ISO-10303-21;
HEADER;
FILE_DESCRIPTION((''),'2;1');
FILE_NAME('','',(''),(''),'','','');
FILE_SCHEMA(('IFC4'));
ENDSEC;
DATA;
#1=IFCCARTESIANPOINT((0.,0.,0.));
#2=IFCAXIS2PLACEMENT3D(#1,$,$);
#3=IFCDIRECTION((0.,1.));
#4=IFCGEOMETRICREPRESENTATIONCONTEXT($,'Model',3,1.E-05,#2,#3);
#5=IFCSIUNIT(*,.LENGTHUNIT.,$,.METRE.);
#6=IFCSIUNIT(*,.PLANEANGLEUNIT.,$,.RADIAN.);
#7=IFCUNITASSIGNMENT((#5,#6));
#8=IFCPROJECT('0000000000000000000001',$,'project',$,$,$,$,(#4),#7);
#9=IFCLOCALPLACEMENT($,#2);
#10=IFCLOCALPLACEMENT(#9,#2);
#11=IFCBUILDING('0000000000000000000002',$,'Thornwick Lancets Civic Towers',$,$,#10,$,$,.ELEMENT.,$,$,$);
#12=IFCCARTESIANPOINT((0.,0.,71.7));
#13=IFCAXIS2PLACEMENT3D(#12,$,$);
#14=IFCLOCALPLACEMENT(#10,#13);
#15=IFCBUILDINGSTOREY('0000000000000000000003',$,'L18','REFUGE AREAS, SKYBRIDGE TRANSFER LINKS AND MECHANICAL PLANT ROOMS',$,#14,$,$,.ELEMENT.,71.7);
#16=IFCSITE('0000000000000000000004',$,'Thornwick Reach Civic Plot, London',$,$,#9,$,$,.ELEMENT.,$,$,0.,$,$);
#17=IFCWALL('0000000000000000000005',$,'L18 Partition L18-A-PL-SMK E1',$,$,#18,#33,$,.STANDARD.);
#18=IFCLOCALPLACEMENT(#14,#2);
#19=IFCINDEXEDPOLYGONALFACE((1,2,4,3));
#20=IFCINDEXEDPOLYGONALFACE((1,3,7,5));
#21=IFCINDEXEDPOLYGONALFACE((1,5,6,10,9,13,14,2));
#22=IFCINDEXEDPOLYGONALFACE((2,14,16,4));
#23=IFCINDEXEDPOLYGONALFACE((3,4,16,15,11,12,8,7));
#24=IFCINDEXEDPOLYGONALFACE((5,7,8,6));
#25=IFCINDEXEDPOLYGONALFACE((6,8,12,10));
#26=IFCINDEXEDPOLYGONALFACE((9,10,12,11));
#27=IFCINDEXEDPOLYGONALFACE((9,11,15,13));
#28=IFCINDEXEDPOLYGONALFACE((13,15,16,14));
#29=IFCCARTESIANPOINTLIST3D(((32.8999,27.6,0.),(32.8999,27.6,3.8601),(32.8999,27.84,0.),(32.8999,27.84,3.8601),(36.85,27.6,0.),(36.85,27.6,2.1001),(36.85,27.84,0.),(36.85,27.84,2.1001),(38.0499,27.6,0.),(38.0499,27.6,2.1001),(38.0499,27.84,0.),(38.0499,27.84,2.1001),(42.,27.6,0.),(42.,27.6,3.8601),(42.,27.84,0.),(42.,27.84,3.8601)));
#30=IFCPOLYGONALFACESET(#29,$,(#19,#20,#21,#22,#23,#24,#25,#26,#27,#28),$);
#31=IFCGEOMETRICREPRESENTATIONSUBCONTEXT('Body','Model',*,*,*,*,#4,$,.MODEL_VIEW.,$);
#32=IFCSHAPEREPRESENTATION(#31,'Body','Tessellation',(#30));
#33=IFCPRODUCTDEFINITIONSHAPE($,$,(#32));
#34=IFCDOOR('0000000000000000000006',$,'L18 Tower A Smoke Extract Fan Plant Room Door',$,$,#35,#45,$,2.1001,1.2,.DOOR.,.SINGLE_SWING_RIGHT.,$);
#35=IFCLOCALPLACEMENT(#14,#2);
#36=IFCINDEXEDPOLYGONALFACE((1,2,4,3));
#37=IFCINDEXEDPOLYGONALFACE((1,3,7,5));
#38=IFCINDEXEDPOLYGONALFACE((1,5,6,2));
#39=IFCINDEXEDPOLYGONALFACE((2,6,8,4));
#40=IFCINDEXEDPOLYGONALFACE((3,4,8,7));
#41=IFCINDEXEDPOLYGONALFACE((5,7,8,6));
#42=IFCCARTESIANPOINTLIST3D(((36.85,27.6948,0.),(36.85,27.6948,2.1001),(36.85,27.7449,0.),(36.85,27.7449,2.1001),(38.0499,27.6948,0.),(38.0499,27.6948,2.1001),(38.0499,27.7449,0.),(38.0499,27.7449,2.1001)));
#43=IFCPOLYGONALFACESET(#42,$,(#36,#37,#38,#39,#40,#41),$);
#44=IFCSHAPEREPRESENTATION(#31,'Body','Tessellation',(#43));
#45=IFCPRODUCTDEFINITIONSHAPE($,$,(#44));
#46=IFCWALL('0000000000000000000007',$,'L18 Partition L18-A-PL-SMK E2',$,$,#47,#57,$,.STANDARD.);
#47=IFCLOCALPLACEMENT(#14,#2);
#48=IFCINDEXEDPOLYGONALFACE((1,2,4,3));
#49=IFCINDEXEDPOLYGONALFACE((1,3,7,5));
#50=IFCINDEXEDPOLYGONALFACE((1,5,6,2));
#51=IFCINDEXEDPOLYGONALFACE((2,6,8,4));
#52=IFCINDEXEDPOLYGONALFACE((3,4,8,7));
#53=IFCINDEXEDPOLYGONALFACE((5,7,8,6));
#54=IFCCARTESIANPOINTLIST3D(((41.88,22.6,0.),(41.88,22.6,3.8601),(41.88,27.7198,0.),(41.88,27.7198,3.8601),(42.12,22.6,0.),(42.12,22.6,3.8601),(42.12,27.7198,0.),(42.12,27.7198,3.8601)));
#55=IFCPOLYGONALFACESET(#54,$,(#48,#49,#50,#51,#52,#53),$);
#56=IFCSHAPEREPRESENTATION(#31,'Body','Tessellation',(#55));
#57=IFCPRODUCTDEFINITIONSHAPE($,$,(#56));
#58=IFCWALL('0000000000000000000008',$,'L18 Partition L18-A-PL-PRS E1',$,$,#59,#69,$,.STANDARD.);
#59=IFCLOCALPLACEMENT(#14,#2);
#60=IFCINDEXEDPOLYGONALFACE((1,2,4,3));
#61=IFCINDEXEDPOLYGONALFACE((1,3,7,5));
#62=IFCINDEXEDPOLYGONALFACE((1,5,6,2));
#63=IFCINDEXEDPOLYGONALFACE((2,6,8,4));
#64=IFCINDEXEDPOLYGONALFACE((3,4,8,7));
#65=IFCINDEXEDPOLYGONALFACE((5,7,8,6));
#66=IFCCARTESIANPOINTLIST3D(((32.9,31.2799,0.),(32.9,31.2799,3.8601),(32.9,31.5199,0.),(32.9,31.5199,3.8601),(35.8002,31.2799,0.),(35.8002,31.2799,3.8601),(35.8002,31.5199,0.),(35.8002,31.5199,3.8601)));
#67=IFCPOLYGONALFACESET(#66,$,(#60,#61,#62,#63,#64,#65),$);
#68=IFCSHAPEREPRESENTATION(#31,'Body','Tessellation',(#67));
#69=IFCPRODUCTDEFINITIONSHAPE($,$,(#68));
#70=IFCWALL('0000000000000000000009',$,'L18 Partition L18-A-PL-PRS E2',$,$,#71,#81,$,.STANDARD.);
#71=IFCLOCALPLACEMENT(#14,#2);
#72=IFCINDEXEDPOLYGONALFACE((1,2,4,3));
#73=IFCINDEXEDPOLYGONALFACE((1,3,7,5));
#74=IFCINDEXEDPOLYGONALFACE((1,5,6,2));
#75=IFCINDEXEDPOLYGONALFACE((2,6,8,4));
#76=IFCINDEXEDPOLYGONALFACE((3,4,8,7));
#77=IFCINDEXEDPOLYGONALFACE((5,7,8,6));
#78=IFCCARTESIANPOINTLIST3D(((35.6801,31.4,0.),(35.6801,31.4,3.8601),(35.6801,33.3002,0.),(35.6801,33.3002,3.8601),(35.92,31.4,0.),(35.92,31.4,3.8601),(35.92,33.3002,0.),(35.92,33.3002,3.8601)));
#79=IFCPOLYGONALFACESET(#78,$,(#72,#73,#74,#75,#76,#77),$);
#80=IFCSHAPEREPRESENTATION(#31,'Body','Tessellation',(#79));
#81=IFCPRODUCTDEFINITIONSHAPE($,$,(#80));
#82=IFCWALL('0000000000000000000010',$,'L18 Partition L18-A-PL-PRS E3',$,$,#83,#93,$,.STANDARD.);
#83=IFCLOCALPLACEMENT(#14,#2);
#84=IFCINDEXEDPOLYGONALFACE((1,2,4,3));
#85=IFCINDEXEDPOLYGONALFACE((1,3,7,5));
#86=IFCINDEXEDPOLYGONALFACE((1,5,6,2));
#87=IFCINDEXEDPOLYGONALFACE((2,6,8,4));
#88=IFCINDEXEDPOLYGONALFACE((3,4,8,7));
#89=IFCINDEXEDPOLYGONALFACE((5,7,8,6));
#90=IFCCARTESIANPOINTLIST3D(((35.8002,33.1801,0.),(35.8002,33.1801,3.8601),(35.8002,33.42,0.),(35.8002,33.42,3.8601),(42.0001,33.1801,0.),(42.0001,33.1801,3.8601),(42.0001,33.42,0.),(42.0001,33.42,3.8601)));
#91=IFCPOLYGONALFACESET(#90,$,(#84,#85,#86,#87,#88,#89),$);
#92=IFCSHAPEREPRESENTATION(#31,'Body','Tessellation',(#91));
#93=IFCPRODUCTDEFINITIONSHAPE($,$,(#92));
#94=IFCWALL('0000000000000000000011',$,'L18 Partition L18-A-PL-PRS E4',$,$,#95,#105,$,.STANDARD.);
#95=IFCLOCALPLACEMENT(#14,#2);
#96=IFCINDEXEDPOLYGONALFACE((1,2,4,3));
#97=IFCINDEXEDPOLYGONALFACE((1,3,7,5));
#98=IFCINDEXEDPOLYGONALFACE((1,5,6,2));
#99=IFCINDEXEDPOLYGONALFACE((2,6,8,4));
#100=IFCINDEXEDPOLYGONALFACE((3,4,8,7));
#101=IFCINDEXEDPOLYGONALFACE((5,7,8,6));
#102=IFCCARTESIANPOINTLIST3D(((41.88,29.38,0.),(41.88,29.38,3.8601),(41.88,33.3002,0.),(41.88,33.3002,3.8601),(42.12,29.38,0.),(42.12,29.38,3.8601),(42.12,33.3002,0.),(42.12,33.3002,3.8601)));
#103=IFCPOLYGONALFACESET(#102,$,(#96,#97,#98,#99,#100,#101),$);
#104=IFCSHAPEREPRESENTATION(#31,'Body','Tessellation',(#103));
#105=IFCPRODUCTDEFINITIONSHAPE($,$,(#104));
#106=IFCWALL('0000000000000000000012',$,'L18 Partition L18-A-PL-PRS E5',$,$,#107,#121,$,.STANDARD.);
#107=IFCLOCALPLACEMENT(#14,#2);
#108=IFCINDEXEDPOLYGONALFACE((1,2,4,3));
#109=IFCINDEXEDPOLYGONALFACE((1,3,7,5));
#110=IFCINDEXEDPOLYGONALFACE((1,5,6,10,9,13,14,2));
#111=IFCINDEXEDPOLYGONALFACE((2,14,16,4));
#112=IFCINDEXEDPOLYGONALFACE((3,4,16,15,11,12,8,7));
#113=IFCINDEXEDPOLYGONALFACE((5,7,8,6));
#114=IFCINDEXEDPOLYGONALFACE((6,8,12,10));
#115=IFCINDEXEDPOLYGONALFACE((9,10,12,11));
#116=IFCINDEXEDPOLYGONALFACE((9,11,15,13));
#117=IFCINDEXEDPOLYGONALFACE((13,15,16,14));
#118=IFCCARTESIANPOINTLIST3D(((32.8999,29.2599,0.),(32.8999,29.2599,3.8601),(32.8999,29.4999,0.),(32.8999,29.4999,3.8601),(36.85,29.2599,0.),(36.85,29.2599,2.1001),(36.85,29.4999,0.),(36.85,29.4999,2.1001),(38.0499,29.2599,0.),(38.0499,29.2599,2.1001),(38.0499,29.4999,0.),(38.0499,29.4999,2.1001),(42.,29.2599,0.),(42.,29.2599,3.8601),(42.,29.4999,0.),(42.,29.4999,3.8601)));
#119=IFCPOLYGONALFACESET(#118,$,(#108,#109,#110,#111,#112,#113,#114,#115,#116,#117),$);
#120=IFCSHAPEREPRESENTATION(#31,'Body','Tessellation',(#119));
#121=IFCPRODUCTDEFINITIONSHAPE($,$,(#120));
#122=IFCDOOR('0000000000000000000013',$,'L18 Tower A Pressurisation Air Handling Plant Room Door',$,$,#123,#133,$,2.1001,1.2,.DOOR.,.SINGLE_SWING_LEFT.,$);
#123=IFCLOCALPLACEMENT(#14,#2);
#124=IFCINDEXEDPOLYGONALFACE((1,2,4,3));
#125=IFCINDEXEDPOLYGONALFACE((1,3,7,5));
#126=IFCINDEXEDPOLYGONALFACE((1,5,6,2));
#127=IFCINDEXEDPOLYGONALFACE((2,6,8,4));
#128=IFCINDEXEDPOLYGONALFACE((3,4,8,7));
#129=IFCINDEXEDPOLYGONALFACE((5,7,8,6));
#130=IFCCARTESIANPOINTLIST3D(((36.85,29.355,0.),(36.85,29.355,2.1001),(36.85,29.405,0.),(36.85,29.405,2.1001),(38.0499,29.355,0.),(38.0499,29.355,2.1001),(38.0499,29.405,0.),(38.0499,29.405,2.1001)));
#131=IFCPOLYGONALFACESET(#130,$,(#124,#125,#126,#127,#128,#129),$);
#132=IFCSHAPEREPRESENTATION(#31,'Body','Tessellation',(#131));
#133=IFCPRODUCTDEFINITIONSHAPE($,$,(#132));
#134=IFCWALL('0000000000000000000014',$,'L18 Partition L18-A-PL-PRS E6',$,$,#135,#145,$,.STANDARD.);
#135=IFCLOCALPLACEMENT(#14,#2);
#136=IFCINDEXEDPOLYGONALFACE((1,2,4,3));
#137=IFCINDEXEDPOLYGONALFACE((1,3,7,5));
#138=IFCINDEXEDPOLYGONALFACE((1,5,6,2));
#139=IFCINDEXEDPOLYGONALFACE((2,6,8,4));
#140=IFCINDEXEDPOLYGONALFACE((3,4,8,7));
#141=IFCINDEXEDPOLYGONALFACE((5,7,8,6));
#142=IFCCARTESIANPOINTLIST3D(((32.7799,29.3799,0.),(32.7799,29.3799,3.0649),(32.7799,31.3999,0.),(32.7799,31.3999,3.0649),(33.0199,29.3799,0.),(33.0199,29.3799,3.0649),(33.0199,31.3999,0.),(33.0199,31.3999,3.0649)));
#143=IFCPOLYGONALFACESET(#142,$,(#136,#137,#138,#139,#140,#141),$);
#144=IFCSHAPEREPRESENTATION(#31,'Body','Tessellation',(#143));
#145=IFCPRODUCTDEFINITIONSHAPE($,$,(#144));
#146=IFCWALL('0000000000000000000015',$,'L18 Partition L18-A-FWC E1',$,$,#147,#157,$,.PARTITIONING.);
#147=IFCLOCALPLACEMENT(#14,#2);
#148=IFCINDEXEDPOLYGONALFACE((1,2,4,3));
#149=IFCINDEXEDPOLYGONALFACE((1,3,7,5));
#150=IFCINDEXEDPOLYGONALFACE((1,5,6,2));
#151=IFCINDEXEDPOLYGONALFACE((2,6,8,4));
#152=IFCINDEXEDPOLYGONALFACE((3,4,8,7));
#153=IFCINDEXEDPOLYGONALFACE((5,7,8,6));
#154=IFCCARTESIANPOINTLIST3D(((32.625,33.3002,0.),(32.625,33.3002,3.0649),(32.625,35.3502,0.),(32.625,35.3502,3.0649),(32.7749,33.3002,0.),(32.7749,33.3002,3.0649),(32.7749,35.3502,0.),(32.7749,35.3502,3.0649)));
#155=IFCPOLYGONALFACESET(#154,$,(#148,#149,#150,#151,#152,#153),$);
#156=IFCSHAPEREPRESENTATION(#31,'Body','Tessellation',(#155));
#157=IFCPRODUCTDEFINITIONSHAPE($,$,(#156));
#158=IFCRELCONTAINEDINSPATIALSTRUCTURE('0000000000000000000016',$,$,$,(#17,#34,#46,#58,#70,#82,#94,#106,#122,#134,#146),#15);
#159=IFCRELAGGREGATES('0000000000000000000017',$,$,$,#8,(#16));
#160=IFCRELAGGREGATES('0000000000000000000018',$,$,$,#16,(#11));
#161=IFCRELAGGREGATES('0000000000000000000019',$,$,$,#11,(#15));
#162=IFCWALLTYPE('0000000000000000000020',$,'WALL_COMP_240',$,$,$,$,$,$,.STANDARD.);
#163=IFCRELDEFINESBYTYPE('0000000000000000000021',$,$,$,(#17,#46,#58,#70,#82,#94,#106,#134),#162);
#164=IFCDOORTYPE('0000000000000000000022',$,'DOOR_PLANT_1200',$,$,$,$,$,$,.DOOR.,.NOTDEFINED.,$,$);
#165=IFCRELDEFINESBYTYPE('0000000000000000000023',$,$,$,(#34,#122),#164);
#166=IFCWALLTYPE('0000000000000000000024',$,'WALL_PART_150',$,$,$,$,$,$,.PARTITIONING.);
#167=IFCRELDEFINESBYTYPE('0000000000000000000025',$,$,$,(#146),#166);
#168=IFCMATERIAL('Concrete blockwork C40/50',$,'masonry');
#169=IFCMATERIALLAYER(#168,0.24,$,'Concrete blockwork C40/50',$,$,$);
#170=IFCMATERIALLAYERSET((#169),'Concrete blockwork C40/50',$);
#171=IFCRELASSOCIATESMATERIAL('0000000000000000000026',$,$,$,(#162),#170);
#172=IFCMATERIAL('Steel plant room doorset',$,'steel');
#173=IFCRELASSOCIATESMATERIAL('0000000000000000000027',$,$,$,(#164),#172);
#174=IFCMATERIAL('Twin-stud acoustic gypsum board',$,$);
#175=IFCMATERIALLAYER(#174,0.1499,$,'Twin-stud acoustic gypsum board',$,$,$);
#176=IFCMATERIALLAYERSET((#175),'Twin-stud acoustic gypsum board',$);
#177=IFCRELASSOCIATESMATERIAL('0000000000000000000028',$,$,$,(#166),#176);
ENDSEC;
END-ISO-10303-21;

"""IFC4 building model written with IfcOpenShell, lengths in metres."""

from ifc_helpers import new_model, si_unit, direction, frame, frame_2d, origin, place, context, subcontext, project, spatial, rectangle, extrude, material, layer, layer_set, type_object, element, fill, save


model = new_model("IFC4")

# Units and contexts
model_context = context("Model", 3, precision=1e-05, world=origin(), true_north=direction((0.0, 1.0)))
body_context = subcontext(model_context, "Body", "Model", "MODEL_VIEW")
ifc_project = project(units=[si_unit("LENGTHUNIT", "METRE"), si_unit("PLANEANGLEUNIT", "RADIAN")], contexts=[model_context])

# Site, building, storey
site_placement = place(None, origin())
site = spatial("IfcSite", under=ifc_project, at=site_placement, Name="Thornwick Reach Civic Plot, London", CompositionType="ELEMENT", RefElevation=0.0)
building_placement = place(site_placement, origin())
building = spatial("IfcBuilding", under=site, at=building_placement, Name="Thornwick Lancets Civic Towers", CompositionType="ELEMENT")
storey_placement = place(building_placement, frame((0.0, 0.0, 71.7)))
storey = spatial("IfcBuildingStorey", under=building, at=storey_placement, Name="L18", Description="REFUGE AREAS, SKYBRIDGE TRANSFER LINKS AND MECHANICAL PLANT ROOMS", CompositionType="ELEMENT", Elevation=71.7)

# Shared definitions
ifc_material_1 = material(Name="Concrete blockwork C40/50", Category="masonry")

# Wall, opening, door
ifc_layer_1 = layer(ifc_material_1, 0.24, Name="Concrete blockwork C40/50")
ifc_layer_set_1 = layer_set([ifc_layer_1], Name="Concrete blockwork C40/50")
wall_type_1 = type_object("IfcWallType", Name="WALL_COMP_240", PredefinedType="STANDARD", material=ifc_layer_set_1)
wall_1_placement = place(storey_placement, frame((32.8999, 27.72, 0.0), z_axis=(0.0, 0.0, 1.0), x_axis=(1.0, 0.0, 0.0)))
wall_1 = element("IfcWall", 1, at=wall_1_placement, inside=storey, type_object=wall_type_1, Name="L18 Partition L18-A-PL-SMK E1", PredefinedType="STANDARD", context=body_context, shape_type="SweptSolid", body=[
    extrude(rectangle(XDim=9.1001, YDim=0.24, at=frame_2d((4.55, 0.0))), origin(), (0.0, 0.0, 1.0), 3.8601),
])
opening_1_placement = place(wall_1_placement, frame((3.95, 0.0, 0.0)))
opening_1 = element("IfcOpeningElement", 2, at=opening_1_placement, cuts=wall_1, PredefinedType="OPENING", context=body_context, shape_type="SweptSolid", body=[
    extrude(rectangle(XDim=1.2, YDim=2.1001, at=frame_2d((0.6001, 1.05))), frame((0.0, 0.1299, 0.0), z_axis=(0.0, -1.0, 0.0), x_axis=(1.0, 0.0, 0.0)), (0.0, 0.0, 1.0), 0.26),
])
ifc_material_2 = material(Name="Steel plant room doorset", Category="steel")
door_type_1 = type_object("IfcDoorType", Name="DOOR_PLANT_1200", OperationType="NOTDEFINED", PredefinedType="DOOR", material=ifc_material_2)
door_1_placement = place(opening_1_placement, origin())
door_1 = element("IfcDoor", 3, at=door_1_placement, inside=storey, type_object=door_type_1, Name="L18 Tower A Smoke Extract Fan Plant Room Door", OperationType="SINGLE_SWING_RIGHT", OverallHeight=2.1001, OverallWidth=1.2, PredefinedType="DOOR", context=body_context, shape_type="SweptSolid", body=[
    extrude(rectangle(XDim=1.2, YDim=2.1001, at=frame_2d((0.6001, 1.05))), frame((0.0, 0.0249, 0.0), z_axis=(0.0, -1.0, 0.0), x_axis=(1.0, 0.0, 0.0)), (0.0, 0.0, 1.0), 0.05),
])
fill(opening_1, door_1)

# Walls
wall_2_placement = place(storey_placement, frame((42.0, 27.72, 0.0), z_axis=(0.0, 0.0, 1.0), x_axis=(0.0, -1.0, 0.0)))
element("IfcWall", 4, at=wall_2_placement, inside=storey, type_object=wall_type_1, Name="L18 Partition L18-A-PL-SMK E2", PredefinedType="STANDARD", context=body_context, shape_type="SweptSolid", body=[
    extrude(rectangle(XDim=5.1199, YDim=0.24, at=frame_2d((2.5601, 0.0))), origin(), (0.0, 0.0, 1.0), 3.8601),
])
wall_3_placement = place(storey_placement, frame((32.8999, 31.3999, 0.0), z_axis=(0.0, 0.0, 1.0), x_axis=(1.0, 0.0, 0.0)))
element("IfcWall", 5, at=wall_3_placement, inside=storey, type_object=wall_type_1, Name="L18 Partition L18-A-PL-PRS E1", PredefinedType="STANDARD", context=body_context, shape_type="SweptSolid", body=[
    extrude(rectangle(XDim=2.9001, YDim=0.24, at=frame_2d((1.4502, 0.0))), origin(), (0.0, 0.0, 1.0), 3.8601),
])
wall_4_placement = place(storey_placement, frame((35.8, 31.3999, 0.0), z_axis=(0.0, 0.0, 1.0), x_axis=(0.0, 1.0, 0.0)))
element("IfcWall", 6, at=wall_4_placement, inside=storey, type_object=wall_type_1, Name="L18 Partition L18-A-PL-PRS E2", PredefinedType="STANDARD", context=body_context, shape_type="SweptSolid", body=[
    extrude(rectangle(XDim=1.9001, YDim=0.24, at=frame_2d((0.9502, 0.0))), origin(), (0.0, 0.0, 1.0), 3.8601),
])
wall_5_placement = place(storey_placement, frame((35.8, 33.3, 0.0), z_axis=(0.0, 0.0, 1.0), x_axis=(1.0, 0.0, 0.0)))
element("IfcWall", 7, at=wall_5_placement, inside=storey, type_object=wall_type_1, Name="L18 Partition L18-A-PL-PRS E3", PredefinedType="STANDARD", context=body_context, shape_type="SweptSolid", body=[
    extrude(rectangle(XDim=6.2, YDim=0.24, at=frame_2d((3.1001, 0.0))), origin(), (0.0, 0.0, 1.0), 3.8601),
])
wall_6_placement = place(storey_placement, frame((42.0, 33.3, 0.0), z_axis=(0.0, 0.0, 1.0), x_axis=(0.0, -1.0, 0.0)))
element("IfcWall", 8, at=wall_6_placement, inside=storey, type_object=wall_type_1, Name="L18 Partition L18-A-PL-PRS E4", PredefinedType="STANDARD", context=body_context, shape_type="SweptSolid", body=[
    extrude(rectangle(XDim=3.9202, YDim=0.24, at=frame_2d((1.96, 0.0))), origin(), (0.0, 0.0, 1.0), 3.8601),
])

# Wall, opening, door
wall_7_placement = place(storey_placement, frame((42.0, 29.3799, 0.0), z_axis=(0.0, 0.0, 1.0), x_axis=(-1.0, 0.0, 0.0)))
wall_7 = element("IfcWall", 9, at=wall_7_placement, inside=storey, type_object=wall_type_1, Name="L18 Partition L18-A-PL-PRS E5", PredefinedType="STANDARD", context=body_context, shape_type="SweptSolid", body=[
    extrude(rectangle(XDim=9.1001, YDim=0.24, at=frame_2d((4.55, 0.0))), origin(), (0.0, 0.0, 1.0), 3.8601),
])
opening_2_placement = place(wall_7_placement, frame((3.95, 0.0, 0.0)))
opening_2 = element("IfcOpeningElement", 10, at=opening_2_placement, cuts=wall_7, PredefinedType="OPENING", context=body_context, shape_type="SweptSolid", body=[
    extrude(rectangle(XDim=1.2, YDim=2.1001, at=frame_2d((0.6001, 1.05))), frame((0.0, 0.1299, 0.0), z_axis=(0.0, -1.0, 0.0), x_axis=(1.0, 0.0, 0.0)), (0.0, 0.0, 1.0), 0.26),
])
door_2_placement = place(opening_2_placement, origin())
door_2 = element("IfcDoor", 11, at=door_2_placement, inside=storey, type_object=door_type_1, Name="L18 Tower A Pressurisation Air Handling Plant Room Door", OperationType="SINGLE_SWING_LEFT", OverallHeight=2.1001, OverallWidth=1.2, PredefinedType="DOOR", context=body_context, shape_type="SweptSolid", body=[
    extrude(rectangle(XDim=1.2, YDim=2.1001, at=frame_2d((0.6001, 1.05))), frame((0.0, 0.0249, 0.0), z_axis=(0.0, -1.0, 0.0), x_axis=(1.0, 0.0, 0.0)), (0.0, 0.0, 1.0), 0.05),
])
fill(opening_2, door_2)

# Walls
wall_8_placement = place(storey_placement, frame((32.8999, 29.3799, 0.0), z_axis=(0.0, 0.0, 1.0), x_axis=(0.0, 1.0, 0.0)))
element("IfcWall", 12, at=wall_8_placement, inside=storey, type_object=wall_type_1, Name="L18 Partition L18-A-PL-PRS E6", PredefinedType="STANDARD", context=body_context, shape_type="SweptSolid", body=[
    extrude(rectangle(XDim=2.02, YDim=0.24, at=frame_2d((1.01, 0.0))), origin(), (0.0, 0.0, 1.0), 3.0649),
])
ifc_material_3 = material(Name="Twin-stud acoustic gypsum board")
ifc_layer_2 = layer(ifc_material_3, 0.1499, Name="Twin-stud acoustic gypsum board")
ifc_layer_set_2 = layer_set([ifc_layer_2], Name="Twin-stud acoustic gypsum board")
wall_type_2 = type_object("IfcWallType", Name="WALL_PART_150", PredefinedType="PARTITIONING", material=ifc_layer_set_2)
wall_9_placement = place(storey_placement, frame((32.7, 35.3501, 0.0), z_axis=(0.0, 0.0, 1.0), x_axis=(0.0, -1.0, 0.0)))
element("IfcWall", 13, at=wall_9_placement, inside=storey, type_object=wall_type_2, Name="L18 Partition L18-A-FWC E1", PredefinedType="PARTITIONING", context=body_context, shape_type="SweptSolid", body=[
    extrude(rectangle(XDim=2.05, YDim=0.1499, at=frame_2d((1.0249, 0.0))), origin(), (0.0, 0.0, 1.0), 3.0649),
])

save(model, "model.ifc")
